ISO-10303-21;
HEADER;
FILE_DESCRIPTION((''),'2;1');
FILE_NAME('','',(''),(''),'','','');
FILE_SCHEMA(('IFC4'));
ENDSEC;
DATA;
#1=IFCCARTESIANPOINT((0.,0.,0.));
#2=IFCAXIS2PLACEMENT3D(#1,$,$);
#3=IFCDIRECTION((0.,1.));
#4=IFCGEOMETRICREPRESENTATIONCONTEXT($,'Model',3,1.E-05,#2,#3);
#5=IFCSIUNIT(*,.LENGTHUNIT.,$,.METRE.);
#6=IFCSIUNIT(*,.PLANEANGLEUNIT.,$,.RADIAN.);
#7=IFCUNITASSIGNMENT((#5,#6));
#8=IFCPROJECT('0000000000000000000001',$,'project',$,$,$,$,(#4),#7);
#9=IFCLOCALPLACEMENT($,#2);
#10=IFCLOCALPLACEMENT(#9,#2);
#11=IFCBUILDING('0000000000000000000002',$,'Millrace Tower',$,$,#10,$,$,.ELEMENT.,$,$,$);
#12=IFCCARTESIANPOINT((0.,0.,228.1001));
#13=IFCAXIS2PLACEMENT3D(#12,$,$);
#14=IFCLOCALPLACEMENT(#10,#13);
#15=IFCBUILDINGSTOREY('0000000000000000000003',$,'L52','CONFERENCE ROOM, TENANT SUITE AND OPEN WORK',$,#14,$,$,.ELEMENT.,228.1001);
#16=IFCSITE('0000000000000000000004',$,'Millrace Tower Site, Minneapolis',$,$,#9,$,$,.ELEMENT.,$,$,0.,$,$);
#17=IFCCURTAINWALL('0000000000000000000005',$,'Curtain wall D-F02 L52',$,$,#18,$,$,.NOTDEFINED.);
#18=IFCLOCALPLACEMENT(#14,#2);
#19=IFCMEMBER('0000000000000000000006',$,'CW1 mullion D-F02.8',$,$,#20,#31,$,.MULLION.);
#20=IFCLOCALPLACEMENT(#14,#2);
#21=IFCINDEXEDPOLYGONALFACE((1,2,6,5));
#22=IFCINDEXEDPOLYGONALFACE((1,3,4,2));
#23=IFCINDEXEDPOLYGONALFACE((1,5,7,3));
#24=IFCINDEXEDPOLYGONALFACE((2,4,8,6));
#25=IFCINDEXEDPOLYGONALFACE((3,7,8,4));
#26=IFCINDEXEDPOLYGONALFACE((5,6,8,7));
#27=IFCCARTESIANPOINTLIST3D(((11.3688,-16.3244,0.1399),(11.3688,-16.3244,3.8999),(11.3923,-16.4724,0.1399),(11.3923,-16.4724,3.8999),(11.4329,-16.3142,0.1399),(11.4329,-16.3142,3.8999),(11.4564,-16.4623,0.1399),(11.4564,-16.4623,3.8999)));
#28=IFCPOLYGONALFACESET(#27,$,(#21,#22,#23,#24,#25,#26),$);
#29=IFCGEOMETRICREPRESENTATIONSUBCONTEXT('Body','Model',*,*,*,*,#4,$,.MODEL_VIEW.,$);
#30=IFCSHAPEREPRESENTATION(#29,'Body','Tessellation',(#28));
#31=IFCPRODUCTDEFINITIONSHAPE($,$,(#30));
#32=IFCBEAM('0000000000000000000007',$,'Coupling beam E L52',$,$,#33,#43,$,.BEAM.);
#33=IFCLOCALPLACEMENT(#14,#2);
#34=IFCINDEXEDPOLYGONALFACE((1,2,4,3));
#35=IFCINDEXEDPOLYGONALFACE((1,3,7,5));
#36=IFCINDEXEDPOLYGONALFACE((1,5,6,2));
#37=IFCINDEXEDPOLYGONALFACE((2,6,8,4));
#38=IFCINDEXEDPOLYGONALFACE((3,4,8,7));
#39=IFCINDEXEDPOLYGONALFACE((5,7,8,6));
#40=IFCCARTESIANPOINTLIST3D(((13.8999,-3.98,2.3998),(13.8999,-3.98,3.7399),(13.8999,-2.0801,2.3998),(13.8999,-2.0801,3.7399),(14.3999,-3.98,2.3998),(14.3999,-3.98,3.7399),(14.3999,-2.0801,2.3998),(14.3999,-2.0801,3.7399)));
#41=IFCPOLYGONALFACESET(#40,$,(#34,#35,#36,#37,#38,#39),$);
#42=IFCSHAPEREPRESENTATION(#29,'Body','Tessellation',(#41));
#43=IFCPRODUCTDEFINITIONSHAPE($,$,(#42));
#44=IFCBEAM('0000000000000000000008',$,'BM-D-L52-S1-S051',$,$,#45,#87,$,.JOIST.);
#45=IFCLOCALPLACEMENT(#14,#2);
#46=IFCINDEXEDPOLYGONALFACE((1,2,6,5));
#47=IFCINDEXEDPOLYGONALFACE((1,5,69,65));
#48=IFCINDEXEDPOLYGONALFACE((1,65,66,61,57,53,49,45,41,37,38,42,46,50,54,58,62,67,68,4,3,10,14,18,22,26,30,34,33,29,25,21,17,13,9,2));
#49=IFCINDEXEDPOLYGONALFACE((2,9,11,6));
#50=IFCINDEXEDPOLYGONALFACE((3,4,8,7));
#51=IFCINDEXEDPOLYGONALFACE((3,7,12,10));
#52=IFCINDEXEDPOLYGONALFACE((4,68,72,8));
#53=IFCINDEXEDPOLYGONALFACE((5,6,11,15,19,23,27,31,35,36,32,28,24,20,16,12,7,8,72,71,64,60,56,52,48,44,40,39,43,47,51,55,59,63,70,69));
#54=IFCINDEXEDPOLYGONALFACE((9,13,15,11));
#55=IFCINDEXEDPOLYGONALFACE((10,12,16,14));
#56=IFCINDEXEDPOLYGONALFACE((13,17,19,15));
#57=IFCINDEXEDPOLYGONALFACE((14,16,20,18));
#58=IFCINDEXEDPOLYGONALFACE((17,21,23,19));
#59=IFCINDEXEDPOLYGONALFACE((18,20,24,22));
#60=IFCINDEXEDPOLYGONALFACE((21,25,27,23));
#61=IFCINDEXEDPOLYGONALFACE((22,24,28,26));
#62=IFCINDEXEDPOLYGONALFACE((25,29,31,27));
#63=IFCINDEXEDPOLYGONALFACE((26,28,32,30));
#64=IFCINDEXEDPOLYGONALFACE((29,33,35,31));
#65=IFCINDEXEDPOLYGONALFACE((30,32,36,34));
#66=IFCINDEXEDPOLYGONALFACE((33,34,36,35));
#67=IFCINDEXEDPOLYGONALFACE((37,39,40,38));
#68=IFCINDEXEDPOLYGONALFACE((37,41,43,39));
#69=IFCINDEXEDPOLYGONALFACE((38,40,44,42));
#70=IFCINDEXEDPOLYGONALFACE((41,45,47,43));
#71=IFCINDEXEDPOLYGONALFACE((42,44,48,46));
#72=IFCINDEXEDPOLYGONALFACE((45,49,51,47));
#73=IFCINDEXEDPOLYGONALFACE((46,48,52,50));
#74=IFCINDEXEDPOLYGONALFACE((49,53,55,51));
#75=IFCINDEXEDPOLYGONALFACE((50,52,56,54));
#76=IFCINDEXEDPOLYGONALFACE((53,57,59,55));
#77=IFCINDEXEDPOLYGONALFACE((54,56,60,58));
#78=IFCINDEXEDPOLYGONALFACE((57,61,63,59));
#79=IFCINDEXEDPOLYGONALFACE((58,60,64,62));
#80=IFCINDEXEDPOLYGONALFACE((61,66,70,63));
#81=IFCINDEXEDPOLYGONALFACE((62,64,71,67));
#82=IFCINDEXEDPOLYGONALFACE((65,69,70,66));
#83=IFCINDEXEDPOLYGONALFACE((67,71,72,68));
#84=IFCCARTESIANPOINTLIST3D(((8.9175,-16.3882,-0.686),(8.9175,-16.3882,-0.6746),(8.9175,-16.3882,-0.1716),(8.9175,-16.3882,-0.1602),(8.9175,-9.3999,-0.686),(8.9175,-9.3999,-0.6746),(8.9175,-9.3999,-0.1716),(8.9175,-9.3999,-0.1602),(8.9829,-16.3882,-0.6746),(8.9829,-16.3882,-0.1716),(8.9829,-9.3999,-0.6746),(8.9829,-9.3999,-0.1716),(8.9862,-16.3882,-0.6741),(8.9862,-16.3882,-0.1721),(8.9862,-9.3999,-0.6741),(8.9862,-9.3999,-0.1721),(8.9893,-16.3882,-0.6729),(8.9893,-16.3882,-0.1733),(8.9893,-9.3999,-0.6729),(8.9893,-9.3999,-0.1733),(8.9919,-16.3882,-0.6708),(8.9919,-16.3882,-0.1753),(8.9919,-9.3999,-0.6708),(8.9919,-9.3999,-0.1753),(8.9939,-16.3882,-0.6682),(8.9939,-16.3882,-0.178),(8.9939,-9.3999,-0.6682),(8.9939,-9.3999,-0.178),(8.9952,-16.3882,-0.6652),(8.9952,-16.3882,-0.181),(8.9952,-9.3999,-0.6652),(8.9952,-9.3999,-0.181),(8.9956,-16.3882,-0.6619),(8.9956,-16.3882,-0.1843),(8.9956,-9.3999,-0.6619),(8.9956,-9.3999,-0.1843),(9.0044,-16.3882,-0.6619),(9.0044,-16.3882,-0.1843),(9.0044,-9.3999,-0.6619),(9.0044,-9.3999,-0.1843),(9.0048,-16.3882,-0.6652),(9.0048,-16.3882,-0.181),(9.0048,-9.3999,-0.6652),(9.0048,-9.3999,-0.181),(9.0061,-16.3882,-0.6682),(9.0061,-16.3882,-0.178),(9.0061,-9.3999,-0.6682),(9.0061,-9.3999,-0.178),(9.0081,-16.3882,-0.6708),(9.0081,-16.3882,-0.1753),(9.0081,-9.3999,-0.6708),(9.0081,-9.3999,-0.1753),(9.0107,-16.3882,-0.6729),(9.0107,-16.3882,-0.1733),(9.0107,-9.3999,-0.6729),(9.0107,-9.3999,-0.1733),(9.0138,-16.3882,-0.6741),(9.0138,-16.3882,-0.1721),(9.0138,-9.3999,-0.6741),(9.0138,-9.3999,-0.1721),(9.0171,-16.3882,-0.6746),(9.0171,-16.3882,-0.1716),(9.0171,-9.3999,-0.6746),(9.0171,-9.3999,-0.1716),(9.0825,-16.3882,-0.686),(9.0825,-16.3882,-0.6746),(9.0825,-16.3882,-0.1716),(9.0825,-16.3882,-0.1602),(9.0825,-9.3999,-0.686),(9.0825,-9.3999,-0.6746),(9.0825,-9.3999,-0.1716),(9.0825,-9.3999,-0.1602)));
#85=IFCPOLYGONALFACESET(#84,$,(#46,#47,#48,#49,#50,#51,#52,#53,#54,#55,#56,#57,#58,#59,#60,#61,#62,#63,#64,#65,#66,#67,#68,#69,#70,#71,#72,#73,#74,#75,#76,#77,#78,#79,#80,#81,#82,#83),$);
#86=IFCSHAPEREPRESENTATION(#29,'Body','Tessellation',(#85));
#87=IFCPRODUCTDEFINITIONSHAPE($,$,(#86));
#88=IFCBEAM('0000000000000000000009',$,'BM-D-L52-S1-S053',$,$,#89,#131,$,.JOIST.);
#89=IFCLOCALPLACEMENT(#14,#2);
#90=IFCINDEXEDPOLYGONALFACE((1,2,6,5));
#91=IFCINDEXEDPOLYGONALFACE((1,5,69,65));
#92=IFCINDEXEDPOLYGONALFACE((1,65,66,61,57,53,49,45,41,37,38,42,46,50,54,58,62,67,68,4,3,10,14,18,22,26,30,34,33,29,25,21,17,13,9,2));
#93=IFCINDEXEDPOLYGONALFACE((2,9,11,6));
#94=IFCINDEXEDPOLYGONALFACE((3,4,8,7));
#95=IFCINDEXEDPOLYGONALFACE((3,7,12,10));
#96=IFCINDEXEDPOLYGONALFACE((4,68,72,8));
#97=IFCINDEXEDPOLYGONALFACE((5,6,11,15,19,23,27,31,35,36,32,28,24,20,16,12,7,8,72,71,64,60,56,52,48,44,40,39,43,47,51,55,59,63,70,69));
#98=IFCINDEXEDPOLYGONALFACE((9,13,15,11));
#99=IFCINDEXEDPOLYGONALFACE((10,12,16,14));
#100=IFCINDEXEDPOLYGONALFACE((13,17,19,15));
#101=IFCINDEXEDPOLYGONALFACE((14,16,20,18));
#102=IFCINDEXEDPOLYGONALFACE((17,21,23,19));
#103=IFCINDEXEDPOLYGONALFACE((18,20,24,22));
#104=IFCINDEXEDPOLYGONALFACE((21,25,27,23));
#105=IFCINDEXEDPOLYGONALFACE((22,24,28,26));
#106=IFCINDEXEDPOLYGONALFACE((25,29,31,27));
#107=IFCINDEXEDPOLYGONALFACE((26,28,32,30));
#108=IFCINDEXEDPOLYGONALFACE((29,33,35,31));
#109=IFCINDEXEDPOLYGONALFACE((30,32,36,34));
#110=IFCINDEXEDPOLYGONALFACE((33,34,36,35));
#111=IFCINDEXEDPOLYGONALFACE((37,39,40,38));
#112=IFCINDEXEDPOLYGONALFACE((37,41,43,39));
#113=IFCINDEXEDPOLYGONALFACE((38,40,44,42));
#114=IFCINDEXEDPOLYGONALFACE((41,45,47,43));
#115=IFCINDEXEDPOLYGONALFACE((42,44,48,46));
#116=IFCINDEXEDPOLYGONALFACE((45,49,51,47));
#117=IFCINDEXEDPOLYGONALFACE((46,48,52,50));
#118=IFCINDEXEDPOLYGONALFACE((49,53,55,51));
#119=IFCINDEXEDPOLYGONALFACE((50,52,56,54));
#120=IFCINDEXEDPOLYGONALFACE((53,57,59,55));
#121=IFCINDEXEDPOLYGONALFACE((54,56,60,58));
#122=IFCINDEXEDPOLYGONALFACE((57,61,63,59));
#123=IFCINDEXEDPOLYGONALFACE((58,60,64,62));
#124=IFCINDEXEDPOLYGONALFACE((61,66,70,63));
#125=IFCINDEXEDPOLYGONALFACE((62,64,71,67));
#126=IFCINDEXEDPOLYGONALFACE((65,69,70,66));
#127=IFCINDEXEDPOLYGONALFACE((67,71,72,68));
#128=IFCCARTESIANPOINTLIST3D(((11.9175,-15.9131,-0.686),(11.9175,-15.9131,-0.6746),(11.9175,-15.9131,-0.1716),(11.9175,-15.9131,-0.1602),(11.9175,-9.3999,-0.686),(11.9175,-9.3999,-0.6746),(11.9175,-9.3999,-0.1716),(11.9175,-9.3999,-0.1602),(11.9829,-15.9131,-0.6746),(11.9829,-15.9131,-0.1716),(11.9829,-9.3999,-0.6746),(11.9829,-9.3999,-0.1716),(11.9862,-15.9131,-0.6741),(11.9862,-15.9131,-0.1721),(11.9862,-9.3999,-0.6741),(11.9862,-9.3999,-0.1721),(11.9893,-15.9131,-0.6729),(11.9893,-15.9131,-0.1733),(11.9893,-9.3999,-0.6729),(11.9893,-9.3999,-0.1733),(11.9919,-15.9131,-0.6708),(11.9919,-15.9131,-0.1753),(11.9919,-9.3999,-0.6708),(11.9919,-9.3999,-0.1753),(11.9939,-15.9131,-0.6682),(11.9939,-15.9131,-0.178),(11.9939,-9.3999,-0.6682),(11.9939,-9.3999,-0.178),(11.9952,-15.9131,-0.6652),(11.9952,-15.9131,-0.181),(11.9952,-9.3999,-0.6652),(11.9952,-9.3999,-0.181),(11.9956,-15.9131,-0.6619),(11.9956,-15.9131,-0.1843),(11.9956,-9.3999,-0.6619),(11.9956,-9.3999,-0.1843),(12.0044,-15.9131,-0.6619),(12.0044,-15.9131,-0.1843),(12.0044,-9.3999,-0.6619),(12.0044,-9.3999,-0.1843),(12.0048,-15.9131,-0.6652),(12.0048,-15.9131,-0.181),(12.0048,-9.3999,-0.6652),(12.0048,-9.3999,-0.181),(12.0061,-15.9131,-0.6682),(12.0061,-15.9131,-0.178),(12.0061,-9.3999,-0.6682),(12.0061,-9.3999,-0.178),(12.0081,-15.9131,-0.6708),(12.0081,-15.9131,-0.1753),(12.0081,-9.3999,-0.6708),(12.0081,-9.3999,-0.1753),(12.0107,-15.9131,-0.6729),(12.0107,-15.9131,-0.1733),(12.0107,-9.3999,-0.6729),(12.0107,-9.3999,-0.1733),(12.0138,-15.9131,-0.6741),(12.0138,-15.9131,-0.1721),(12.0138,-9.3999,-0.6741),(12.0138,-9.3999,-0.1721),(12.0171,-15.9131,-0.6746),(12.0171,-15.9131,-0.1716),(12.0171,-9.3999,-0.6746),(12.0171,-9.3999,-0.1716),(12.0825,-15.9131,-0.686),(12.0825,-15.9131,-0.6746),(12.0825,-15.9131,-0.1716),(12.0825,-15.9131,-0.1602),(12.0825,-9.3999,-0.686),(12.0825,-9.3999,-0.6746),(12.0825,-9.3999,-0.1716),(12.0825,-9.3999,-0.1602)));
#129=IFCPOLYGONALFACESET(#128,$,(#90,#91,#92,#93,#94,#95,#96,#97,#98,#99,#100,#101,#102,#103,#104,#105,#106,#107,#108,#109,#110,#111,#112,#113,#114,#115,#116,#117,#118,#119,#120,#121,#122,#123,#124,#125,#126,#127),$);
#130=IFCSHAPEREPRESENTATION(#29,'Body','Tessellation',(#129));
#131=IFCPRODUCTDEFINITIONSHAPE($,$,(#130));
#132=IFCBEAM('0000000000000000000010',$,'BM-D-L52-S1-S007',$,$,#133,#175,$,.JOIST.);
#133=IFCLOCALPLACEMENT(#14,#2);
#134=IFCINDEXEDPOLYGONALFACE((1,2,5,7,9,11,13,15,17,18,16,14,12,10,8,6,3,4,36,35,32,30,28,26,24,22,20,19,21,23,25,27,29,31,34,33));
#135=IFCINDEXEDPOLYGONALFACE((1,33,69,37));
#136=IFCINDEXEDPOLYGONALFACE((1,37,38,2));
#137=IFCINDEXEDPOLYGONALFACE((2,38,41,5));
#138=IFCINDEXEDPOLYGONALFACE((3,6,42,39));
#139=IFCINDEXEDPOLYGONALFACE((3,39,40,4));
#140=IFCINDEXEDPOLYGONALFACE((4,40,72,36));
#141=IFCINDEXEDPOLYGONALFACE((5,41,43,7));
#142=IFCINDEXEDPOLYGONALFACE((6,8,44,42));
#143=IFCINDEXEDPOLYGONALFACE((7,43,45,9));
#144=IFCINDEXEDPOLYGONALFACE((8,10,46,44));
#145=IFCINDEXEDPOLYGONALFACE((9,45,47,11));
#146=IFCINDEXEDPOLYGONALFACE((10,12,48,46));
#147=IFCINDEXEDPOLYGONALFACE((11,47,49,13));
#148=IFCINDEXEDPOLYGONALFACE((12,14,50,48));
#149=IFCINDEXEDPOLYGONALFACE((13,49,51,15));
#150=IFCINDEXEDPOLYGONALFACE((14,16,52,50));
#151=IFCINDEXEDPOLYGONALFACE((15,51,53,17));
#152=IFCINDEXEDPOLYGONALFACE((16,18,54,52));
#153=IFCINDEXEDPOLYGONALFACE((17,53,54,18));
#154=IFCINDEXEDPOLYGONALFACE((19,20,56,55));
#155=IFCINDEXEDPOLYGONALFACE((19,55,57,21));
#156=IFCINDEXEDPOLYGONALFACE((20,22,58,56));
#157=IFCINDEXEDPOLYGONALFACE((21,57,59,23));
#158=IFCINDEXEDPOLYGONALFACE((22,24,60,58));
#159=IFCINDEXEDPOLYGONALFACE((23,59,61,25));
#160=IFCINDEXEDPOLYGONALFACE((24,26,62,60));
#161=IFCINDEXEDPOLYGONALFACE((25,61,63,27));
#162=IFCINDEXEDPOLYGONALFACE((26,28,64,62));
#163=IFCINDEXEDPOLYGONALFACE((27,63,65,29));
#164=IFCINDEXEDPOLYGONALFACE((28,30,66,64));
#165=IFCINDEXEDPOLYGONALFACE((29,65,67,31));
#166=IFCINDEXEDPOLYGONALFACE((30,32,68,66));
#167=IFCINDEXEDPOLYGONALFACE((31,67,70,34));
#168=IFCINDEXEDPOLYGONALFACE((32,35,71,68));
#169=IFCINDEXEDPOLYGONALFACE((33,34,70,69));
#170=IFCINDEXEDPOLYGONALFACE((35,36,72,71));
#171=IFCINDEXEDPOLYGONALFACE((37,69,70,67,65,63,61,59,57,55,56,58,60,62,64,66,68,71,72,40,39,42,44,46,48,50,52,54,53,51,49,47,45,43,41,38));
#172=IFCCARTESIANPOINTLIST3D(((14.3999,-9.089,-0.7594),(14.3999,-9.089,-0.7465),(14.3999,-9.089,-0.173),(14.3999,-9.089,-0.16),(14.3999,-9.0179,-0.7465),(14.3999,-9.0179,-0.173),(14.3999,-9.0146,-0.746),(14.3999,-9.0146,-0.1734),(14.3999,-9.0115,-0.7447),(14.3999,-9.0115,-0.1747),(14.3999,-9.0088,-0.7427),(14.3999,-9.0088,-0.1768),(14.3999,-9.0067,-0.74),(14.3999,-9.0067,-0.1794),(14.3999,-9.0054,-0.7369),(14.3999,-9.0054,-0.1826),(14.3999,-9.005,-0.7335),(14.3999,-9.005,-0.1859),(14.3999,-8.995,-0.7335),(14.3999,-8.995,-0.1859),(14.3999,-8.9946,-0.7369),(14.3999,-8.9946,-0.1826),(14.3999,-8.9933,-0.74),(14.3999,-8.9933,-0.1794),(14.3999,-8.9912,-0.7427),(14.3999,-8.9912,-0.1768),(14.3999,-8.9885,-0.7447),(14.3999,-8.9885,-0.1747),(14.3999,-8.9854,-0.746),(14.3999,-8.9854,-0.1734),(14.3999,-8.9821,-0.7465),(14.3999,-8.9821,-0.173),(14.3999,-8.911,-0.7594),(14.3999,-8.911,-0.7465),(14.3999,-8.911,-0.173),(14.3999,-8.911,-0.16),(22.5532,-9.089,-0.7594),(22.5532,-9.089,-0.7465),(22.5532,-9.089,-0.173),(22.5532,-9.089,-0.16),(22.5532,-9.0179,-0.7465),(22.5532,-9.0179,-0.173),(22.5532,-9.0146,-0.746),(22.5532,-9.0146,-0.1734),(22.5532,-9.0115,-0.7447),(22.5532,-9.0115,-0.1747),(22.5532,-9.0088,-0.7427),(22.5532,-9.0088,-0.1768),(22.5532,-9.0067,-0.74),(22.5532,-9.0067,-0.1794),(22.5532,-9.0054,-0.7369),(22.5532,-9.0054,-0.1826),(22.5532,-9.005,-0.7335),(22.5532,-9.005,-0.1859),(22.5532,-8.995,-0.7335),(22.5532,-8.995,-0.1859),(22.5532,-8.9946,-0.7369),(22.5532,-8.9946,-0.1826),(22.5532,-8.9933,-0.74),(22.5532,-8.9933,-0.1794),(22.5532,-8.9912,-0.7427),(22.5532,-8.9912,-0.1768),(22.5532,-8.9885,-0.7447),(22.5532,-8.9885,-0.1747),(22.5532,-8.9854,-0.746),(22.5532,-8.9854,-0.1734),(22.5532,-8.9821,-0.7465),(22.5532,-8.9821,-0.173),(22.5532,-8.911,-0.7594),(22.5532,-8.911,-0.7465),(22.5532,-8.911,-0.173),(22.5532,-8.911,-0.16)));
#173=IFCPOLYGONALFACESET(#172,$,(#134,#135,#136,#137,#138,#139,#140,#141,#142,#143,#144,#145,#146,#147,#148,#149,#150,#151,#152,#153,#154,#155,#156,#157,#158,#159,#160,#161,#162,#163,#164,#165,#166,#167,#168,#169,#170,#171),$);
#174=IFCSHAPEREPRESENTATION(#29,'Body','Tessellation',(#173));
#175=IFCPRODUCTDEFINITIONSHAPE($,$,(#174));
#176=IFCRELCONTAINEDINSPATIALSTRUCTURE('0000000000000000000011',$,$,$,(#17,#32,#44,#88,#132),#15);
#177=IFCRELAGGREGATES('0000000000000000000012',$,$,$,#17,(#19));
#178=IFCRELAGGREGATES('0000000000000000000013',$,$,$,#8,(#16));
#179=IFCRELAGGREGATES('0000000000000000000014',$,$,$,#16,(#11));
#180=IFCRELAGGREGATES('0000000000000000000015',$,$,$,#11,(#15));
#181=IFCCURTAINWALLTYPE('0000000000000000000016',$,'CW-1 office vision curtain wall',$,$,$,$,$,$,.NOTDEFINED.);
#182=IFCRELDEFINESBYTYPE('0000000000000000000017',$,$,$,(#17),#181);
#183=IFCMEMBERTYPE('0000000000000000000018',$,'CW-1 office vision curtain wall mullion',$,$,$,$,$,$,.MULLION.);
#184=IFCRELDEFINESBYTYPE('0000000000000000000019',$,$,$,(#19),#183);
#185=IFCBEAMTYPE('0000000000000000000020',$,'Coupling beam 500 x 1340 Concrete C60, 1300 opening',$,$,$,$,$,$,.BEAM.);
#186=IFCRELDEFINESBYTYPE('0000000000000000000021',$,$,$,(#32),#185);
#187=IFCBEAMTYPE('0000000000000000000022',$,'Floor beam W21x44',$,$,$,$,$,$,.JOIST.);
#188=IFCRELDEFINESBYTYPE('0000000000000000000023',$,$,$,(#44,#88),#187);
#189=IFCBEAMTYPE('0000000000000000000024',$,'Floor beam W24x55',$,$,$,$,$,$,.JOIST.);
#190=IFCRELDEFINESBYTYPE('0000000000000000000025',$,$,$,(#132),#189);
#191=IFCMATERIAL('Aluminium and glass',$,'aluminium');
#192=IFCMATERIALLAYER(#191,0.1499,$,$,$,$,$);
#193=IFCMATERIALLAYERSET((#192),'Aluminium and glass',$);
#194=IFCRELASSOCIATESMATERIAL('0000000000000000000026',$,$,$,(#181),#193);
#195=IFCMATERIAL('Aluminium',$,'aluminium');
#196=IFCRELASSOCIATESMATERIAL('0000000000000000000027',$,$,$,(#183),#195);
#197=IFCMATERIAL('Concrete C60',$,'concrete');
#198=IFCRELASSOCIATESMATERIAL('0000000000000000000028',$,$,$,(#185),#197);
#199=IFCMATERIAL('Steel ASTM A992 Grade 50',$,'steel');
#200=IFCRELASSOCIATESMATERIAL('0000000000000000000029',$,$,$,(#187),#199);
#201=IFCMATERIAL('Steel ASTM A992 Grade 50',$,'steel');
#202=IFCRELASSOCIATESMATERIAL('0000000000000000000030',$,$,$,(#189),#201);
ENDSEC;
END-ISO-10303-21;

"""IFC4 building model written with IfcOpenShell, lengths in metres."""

from ifc_helpers import new_model, si_unit, direction, frame, origin, origin_2d, place, context, subcontext, project, spatial, rectangle, i_section, extrude, material, layer, layer_set, material_profile, profile_set, type_object, element, aggregate, save


model = new_model("IFC4")

# Units and contexts
model_context = context("Model", 3, precision=1e-05, world=origin(), true_north=direction((0.0, 1.0)))
body_context = subcontext(model_context, "Body", "Model", "MODEL_VIEW")
ifc_project = project(units=[si_unit("LENGTHUNIT", "METRE"), si_unit("PLANEANGLEUNIT", "RADIAN")], contexts=[model_context])

# Site, building, storey
site_placement = place(None, origin())
site = spatial("IfcSite", under=ifc_project, at=site_placement, Name="Millrace Tower Site, Minneapolis", CompositionType="ELEMENT", RefElevation=0.0)
building_placement = place(site_placement, origin())
building = spatial("IfcBuilding", under=site, at=building_placement, Name="Millrace Tower", CompositionType="ELEMENT")
storey_placement = place(building_placement, frame((0.0, 0.0, 228.1001)))
storey = spatial("IfcBuildingStorey", under=building, at=storey_placement, Name="L52", Description="CONFERENCE ROOM, TENANT SUITE AND OPEN WORK", CompositionType="ELEMENT", Elevation=228.1001)

# Curtain wall, member
ifc_material_1 = material(Name="Aluminium and glass", Category="aluminium")
ifc_layer_1 = layer(ifc_material_1, 0.1499)
ifc_layer_set_1 = layer_set([ifc_layer_1], Name="Aluminium and glass")
curtain_wall_type = type_object("IfcCurtainWallType", Name="CW-1 office vision curtain wall", PredefinedType="NOTDEFINED", material=ifc_layer_set_1)
placement = place(storey_placement, origin())
curtain_wall = element("IfcCurtainWall", 1, at=placement, inside=storey, type_object=curtain_wall_type, Name="Curtain wall D-F02 L52", PredefinedType="NOTDEFINED")
ifc_material_2 = material(Name="Aluminium", Category="aluminium")
ifc_material_profile_1 = material_profile(ifc_material_2, rectangle(XDim=0.0649, YDim=0.1499, at=origin_2d()))
ifc_profile_set_1 = profile_set([ifc_material_profile_1], Name="Aluminium")
member_type = type_object("IfcMemberType", Name="CW-1 office vision curtain wall mullion", PredefinedType="MULLION", material=ifc_profile_set_1)
member_placement = place(storey_placement, frame((11.4126, -16.3933, 0.1399), z_axis=(0.0, 0.0, 1.0), x_axis=(0.987688, 0.156434, 0.0)))
member = element("IfcMember", 2, at=member_placement, type_object=member_type, Name="CW1 mullion D-F02.8", PredefinedType="MULLION", context=body_context, shape_type="SweptSolid", body=[
    extrude(rectangle(XDim=0.0649, YDim=0.1499, at=origin_2d()), origin(), (0.0, 0.0, 1.0), 3.76),
])
aggregate(curtain_wall, [member])

# Beams
ifc_material_3 = material(Name="Concrete C60", Category="concrete")
ifc_material_profile_2 = material_profile(ifc_material_3, rectangle(XDim=0.5, YDim=1.3401, at=origin_2d()))
ifc_profile_set_2 = profile_set([ifc_material_profile_2], Name="Concrete C60")
beam_type_1 = type_object("IfcBeamType", Name="Coupling beam 500 x 1340 Concrete C60, 1300 opening", PredefinedType="BEAM", material=ifc_profile_set_2)
beam_1_placement = place(storey_placement, frame((14.1499, -2.0801, 3.0698), z_axis=(0.0, -1.0, 0.0), x_axis=(1.0, 0.0, 0.0)))
element("IfcBeam", 3, at=beam_1_placement, inside=storey, type_object=beam_type_1, Name="Coupling beam E L52", PredefinedType="BEAM", context=body_context, shape_type="SweptSolid", body=[
    extrude(rectangle(XDim=0.5, YDim=1.3401, at=origin_2d()), origin(), (0.0, 0.0, 1.0), 1.8999),
])
ifc_material_4 = material(Name="Steel ASTM A992 Grade 50", Category="steel")
ifc_material_profile_3 = material_profile(ifc_material_4, i_section(OverallWidth=0.165, OverallDepth=0.5259, WebThickness=0.0088, FlangeThickness=0.0115, FilletRadius=0.0127, at=origin_2d()))
ifc_profile_set_3 = profile_set([ifc_material_profile_3], Name="Steel ASTM A992 Grade 50")
beam_type_2 = type_object("IfcBeamType", Name="Floor beam W21x44", PredefinedType="JOIST", material=ifc_profile_set_3)
beam_2_placement = place(storey_placement, frame((9.0, -16.3882, -0.4231), z_axis=(0.0, 1.0, 0.0), x_axis=(-1.0, 0.0, 0.0)))
element("IfcBeam", 4, at=beam_2_placement, inside=storey, type_object=beam_type_2, Name="BM-D-L52-S1-S051", PredefinedType="JOIST", context=body_context, shape_type="SweptSolid", body=[
    extrude(i_section(OverallWidth=0.165, OverallDepth=0.5259, WebThickness=0.0088, FlangeThickness=0.0115, FilletRadius=0.0127, at=origin_2d()), origin(), (0.0, 0.0, 1.0), 6.9883),
])
beam_3_placement = place(storey_placement, frame((12.0, -15.9131, -0.4231), z_axis=(0.0, 1.0, 0.0), x_axis=(-1.0, 0.0, 0.0)))
element("IfcBeam", 5, at=beam_3_placement, inside=storey, type_object=beam_type_2, Name="BM-D-L52-S1-S053", PredefinedType="JOIST", context=body_context, shape_type="SweptSolid", body=[
    extrude(i_section(OverallWidth=0.165, OverallDepth=0.5259, WebThickness=0.0088, FlangeThickness=0.0115, FilletRadius=0.0127, at=origin_2d()), origin(), (0.0, 0.0, 1.0), 6.5132),
])
ifc_material_5 = material(Name="Steel ASTM A992 Grade 50", Category="steel")
ifc_material_profile_4 = material_profile(ifc_material_5, i_section(OverallWidth=0.178, OverallDepth=0.5994, WebThickness=0.01, FlangeThickness=0.0129, FilletRadius=0.0129, at=origin_2d()))
ifc_profile_set_4 = profile_set([ifc_material_profile_4], Name="Steel ASTM A992 Grade 50")
beam_type_3 = type_object("IfcBeamType", Name="Floor beam W24x55", PredefinedType="JOIST", material=ifc_profile_set_4)
beam_4_placement = place(storey_placement, frame((14.3999, -9.0, -0.4597), z_axis=(1.0, 0.0, 0.0), x_axis=(0.0, 1.0, 0.0)))
element("IfcBeam", 6, at=beam_4_placement, inside=storey, type_object=beam_type_3, Name="BM-D-L52-S1-S007", PredefinedType="JOIST", context=body_context, shape_type="SweptSolid", body=[
    extrude(i_section(OverallWidth=0.178, OverallDepth=0.5994, WebThickness=0.01, FlangeThickness=0.0129, FilletRadius=0.0129, at=origin_2d()), origin(), (0.0, 0.0, 1.0), 8.1533),
])

save(model, "model.ifc")
